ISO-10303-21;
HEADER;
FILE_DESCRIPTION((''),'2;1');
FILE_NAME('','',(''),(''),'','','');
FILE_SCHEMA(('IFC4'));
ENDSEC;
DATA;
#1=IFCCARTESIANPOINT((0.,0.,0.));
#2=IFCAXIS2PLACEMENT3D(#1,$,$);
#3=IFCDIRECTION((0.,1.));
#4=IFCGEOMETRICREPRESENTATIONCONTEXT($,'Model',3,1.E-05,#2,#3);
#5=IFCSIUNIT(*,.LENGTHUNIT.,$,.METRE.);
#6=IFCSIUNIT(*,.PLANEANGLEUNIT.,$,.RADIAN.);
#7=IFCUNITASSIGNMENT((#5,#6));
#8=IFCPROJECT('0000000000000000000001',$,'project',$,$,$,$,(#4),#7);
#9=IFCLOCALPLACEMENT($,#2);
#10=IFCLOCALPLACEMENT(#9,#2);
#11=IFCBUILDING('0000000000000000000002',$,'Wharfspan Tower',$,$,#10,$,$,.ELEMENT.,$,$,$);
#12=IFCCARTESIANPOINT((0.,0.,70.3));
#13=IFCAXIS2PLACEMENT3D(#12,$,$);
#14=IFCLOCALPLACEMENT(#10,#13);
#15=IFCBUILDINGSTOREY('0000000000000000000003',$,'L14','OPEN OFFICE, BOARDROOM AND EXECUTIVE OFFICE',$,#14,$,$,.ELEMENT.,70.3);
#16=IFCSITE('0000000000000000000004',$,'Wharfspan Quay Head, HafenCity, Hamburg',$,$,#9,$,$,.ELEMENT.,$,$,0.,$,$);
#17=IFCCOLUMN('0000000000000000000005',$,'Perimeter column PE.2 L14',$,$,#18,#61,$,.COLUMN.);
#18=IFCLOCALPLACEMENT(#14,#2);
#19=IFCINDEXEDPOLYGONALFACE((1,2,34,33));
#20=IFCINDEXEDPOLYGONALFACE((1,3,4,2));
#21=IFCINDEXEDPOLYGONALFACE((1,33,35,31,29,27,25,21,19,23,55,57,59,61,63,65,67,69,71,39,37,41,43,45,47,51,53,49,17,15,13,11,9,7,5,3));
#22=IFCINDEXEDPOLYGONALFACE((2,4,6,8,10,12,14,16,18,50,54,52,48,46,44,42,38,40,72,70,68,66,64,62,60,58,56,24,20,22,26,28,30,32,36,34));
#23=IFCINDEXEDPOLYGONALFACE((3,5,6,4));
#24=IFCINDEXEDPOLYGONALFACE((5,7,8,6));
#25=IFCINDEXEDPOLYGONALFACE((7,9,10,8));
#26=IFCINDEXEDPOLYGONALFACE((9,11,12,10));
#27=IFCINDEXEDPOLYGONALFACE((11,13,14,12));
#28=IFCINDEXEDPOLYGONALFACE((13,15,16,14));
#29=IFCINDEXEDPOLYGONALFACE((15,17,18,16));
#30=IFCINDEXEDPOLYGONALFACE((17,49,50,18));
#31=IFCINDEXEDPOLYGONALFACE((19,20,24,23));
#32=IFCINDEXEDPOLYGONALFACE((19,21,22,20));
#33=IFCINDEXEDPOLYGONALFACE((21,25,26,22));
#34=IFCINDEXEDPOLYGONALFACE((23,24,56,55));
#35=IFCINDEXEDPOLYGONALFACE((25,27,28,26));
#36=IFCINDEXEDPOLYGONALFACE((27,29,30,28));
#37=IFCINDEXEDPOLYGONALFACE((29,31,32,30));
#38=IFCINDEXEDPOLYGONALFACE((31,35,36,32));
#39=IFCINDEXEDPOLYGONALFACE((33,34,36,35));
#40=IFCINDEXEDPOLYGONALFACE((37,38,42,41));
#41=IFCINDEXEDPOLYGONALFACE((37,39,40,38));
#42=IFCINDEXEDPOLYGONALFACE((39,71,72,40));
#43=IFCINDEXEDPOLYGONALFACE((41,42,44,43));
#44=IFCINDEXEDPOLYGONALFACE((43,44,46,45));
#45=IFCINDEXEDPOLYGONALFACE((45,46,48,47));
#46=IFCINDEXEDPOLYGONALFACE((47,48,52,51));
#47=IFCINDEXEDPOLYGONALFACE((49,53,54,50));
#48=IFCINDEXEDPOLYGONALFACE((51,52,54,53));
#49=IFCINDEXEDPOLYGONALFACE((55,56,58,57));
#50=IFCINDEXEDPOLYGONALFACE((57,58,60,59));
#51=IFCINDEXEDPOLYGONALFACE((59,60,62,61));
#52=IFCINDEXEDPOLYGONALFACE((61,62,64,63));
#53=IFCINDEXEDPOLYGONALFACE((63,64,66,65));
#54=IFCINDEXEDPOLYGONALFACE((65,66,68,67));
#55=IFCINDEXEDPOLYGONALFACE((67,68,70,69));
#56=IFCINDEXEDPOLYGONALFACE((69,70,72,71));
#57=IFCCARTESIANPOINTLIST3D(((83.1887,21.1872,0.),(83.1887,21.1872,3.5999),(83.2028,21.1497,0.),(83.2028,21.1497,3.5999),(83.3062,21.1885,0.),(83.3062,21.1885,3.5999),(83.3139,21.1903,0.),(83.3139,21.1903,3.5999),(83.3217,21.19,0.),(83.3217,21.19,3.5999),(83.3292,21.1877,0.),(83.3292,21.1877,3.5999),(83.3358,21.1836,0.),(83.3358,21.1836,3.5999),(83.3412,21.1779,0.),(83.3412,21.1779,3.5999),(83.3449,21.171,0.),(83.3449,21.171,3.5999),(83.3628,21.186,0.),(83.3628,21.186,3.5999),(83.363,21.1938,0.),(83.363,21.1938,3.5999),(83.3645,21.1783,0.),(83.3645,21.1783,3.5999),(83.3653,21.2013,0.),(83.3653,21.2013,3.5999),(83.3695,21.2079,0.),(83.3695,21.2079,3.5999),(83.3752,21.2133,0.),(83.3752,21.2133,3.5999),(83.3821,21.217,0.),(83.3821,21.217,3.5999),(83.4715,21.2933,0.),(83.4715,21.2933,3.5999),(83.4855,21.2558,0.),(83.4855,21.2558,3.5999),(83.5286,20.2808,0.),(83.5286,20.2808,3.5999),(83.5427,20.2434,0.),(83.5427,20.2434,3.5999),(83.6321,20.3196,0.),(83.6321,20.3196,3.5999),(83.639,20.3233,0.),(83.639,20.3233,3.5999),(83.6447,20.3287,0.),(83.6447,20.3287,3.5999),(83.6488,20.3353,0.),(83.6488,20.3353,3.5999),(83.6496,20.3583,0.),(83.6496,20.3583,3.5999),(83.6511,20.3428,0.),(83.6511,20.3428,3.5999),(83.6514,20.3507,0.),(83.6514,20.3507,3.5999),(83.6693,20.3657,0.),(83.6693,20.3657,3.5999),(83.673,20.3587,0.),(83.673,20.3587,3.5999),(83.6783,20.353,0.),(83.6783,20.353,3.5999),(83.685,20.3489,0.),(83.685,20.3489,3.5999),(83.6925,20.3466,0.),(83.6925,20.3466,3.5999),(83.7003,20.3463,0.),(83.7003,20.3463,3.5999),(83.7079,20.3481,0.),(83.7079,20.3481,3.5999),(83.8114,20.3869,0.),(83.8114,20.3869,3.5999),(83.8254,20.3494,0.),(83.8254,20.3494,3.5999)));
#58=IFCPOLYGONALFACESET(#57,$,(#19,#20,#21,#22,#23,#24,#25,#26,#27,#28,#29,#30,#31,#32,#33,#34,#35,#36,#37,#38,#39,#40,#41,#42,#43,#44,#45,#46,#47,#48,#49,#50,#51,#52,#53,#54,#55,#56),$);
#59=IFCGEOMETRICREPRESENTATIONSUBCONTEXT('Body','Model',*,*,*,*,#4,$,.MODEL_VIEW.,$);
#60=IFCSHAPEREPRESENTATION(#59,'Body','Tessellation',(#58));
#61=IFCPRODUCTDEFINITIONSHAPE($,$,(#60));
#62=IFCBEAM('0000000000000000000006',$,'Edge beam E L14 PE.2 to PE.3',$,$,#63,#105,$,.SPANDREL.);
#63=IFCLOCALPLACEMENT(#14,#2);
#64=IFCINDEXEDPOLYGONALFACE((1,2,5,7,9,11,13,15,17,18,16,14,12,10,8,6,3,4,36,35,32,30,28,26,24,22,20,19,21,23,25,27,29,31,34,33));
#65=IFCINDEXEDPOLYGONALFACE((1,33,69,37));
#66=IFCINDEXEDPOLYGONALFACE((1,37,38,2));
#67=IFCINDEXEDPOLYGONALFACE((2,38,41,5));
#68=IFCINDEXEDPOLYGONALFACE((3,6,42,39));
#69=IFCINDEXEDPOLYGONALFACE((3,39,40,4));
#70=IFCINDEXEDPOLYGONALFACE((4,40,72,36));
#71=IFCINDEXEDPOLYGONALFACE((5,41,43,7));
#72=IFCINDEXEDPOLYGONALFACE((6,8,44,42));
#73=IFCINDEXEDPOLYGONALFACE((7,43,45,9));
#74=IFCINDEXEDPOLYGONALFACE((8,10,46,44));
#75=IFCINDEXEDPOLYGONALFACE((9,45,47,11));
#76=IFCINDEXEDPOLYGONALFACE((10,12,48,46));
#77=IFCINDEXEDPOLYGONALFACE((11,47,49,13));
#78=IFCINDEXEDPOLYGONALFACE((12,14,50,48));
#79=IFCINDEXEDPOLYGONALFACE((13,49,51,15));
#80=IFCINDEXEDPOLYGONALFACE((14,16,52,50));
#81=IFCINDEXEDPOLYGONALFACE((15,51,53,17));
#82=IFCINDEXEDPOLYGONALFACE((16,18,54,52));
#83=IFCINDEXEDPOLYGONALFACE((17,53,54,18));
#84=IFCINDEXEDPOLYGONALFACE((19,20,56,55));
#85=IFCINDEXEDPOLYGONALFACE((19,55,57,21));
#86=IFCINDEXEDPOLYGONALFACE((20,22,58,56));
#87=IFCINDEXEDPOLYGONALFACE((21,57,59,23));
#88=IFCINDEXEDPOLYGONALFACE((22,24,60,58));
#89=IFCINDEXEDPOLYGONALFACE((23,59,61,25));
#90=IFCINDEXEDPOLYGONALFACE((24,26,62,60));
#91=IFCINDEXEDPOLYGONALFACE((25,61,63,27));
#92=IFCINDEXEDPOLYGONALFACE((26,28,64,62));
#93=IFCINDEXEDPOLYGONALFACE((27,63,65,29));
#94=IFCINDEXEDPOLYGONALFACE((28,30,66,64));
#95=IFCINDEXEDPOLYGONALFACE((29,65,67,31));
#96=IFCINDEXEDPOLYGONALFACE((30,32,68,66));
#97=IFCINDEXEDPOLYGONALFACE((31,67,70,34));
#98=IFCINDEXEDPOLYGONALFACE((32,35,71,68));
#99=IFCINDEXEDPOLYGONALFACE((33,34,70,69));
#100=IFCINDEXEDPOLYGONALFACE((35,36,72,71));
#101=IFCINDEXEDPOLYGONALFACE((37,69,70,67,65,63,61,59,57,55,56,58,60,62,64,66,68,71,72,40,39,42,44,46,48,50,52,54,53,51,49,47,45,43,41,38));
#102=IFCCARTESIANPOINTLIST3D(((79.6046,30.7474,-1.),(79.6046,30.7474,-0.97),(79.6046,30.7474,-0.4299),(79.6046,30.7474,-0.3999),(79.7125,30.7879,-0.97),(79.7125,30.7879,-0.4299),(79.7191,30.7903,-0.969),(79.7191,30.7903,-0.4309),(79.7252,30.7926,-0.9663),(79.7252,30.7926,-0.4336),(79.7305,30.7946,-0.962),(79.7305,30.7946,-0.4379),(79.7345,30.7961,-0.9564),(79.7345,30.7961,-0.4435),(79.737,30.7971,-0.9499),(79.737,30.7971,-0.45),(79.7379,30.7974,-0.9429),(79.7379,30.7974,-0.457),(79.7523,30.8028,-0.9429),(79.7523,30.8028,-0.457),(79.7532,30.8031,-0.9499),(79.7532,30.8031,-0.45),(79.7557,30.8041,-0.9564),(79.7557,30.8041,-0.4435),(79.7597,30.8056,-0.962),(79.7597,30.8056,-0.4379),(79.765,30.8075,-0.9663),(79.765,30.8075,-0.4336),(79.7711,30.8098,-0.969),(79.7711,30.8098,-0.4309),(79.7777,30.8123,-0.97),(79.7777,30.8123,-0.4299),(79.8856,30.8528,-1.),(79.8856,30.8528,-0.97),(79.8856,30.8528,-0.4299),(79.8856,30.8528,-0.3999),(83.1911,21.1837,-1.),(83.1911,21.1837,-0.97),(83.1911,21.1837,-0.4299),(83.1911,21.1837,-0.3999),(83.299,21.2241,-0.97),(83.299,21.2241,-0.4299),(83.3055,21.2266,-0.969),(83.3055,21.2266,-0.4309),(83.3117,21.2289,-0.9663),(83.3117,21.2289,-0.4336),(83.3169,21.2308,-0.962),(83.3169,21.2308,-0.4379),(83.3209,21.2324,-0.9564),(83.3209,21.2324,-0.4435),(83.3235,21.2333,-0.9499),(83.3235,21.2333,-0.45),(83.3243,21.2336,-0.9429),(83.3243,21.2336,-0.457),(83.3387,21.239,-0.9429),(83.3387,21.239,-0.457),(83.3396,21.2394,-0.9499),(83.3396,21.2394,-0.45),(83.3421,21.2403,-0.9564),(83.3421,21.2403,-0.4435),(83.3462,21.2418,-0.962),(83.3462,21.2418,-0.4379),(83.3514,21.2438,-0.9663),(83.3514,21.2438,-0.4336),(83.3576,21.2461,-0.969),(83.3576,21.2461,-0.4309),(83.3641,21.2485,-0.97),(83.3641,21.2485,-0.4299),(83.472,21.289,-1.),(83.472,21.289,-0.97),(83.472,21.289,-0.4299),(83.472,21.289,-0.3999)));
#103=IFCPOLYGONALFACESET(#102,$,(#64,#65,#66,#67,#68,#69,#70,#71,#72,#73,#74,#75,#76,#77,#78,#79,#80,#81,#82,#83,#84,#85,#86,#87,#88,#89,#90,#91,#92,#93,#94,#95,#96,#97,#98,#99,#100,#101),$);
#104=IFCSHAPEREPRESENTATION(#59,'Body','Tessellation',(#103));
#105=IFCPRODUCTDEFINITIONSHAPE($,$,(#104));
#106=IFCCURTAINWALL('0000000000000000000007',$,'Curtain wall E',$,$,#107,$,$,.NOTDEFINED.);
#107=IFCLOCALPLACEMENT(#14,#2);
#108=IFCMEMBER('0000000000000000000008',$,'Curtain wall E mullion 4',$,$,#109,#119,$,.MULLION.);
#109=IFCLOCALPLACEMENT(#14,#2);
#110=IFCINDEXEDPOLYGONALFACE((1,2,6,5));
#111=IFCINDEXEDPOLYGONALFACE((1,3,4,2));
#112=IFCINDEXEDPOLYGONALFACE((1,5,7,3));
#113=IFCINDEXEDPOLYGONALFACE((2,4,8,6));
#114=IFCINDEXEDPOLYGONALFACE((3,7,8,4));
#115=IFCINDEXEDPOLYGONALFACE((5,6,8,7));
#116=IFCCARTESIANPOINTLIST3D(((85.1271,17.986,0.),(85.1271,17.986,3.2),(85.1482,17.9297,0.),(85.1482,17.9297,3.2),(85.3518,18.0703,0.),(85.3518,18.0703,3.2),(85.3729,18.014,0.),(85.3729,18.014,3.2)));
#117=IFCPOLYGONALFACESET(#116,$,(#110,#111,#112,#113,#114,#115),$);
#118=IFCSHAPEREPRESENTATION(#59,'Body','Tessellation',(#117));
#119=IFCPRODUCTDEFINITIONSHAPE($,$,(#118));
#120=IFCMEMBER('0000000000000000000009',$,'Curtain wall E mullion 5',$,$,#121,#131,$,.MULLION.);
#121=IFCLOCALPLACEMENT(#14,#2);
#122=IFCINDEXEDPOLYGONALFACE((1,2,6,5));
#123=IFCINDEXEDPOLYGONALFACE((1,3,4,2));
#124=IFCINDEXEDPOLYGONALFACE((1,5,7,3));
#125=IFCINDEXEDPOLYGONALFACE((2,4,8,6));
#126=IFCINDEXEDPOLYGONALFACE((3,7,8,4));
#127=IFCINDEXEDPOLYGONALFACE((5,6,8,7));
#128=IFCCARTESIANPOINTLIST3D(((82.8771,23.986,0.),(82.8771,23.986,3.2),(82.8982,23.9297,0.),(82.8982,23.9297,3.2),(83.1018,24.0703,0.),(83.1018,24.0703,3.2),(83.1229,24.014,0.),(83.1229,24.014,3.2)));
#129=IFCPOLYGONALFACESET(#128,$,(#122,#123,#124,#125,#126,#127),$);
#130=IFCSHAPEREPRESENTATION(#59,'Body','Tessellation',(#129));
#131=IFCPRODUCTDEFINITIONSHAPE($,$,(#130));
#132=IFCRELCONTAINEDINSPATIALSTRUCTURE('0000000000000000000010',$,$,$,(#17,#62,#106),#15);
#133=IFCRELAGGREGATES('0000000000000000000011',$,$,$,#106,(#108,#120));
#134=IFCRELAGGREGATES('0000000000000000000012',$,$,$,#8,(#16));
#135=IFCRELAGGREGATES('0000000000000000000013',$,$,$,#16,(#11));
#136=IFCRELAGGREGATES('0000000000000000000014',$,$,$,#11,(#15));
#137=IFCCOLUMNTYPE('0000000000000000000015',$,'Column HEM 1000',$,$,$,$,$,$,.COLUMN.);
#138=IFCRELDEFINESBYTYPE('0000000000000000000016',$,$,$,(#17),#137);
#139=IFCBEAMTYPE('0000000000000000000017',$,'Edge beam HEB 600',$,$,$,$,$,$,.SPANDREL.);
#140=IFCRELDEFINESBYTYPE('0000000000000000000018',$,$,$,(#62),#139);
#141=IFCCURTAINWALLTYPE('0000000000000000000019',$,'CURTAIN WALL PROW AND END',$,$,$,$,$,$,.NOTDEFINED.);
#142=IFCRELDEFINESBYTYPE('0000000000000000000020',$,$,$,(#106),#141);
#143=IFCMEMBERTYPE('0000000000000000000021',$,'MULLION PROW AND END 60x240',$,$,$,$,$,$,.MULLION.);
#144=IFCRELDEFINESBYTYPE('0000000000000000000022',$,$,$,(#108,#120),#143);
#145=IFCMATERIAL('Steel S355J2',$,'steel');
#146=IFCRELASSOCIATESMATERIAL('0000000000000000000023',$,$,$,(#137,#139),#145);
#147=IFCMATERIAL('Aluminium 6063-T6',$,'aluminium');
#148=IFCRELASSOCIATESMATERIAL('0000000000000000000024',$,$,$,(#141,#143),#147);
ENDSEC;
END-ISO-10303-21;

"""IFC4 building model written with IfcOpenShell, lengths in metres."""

from ifc_helpers import new_model, si_unit, direction, frame, origin, origin_2d, place, context, subcontext, project, spatial, rectangle, i_section, extrude, material, material_profile, profile_set, type_object, element, aggregate, save


model = new_model("IFC4")

# Units and contexts
model_context = context("Model", 3, precision=1e-05, world=origin(), true_north=direction((0.0, 1.0)))
body_context = subcontext(model_context, "Body", "Model", "MODEL_VIEW")
ifc_project = project(units=[si_unit("LENGTHUNIT", "METRE"), si_unit("PLANEANGLEUNIT", "RADIAN")], contexts=[model_context])

# Site, building, storey
site_placement = place(None, origin())
site = spatial("IfcSite", under=ifc_project, at=site_placement, Name="Wharfspan Quay Head, HafenCity, Hamburg", CompositionType="ELEMENT", RefElevation=0.0)
building_placement = place(site_placement, origin())
building = spatial("IfcBuilding", under=site, at=building_placement, Name="Wharfspan Tower", CompositionType="ELEMENT")
storey_placement = place(building_placement, frame((0.0, 0.0, 70.3)))
storey = spatial("IfcBuildingStorey", under=building, at=storey_placement, Name="L14", Description="OPEN OFFICE, BOARDROOM AND EXECUTIVE OFFICE", CompositionType="ELEMENT", Elevation=70.3)

# Column
ifc_material_1 = material(Name="Steel S355J2", Category="steel")
ifc_material_profile_1 = material_profile(ifc_material_1, i_section(OverallWidth=0.302, OverallDepth=1.0081, WebThickness=0.021, FlangeThickness=0.04, FilletRadius=0.03, at=origin_2d()))
ifc_profile_set_1 = profile_set([ifc_material_profile_1], Name="Steel S355J2")
column_type = type_object("IfcColumnType", Name="Column HEM 1000", PredefinedType="COLUMN", material=ifc_profile_set_1)
column_placement = place(storey_placement, frame((83.5071, 20.7683, 0.0), z_axis=(0.0, 0.0, 1.0), x_axis=(0.936328, 0.351123, 0.0)))
element("IfcColumn", 1, at=column_placement, inside=storey, type_object=column_type, Name="Perimeter column PE.2 L14", PredefinedType="COLUMN", context=body_context, shape_type="SweptSolid", body=[
    extrude(i_section(OverallWidth=0.302, OverallDepth=1.0081, WebThickness=0.021, FlangeThickness=0.04, FilletRadius=0.03, at=origin_2d()), origin(), (0.0, 0.0, 1.0), 3.5999),
])

# Beam
ifc_material_profile_2 = material_profile(ifc_material_1, i_section(OverallWidth=0.3, OverallDepth=0.6001, WebThickness=0.0154, FlangeThickness=0.03, FilletRadius=0.0271, at=origin_2d()))
ifc_profile_set_2 = profile_set([ifc_material_profile_2], Name="Steel S355J2")
beam_type = type_object("IfcBeamType", Name="Edge beam HEB 600", PredefinedType="SPANDREL", material=ifc_profile_set_2)
beam_placement = place(storey_placement, frame((83.3315, 21.2363, -0.7), z_axis=(-0.351126, 0.936328, 0.0), x_axis=(-0.936328, -0.351126, 0.0)))
element("IfcBeam", 2, at=beam_placement, inside=storey, type_object=beam_type, Name="Edge beam E L14 PE.2 to PE.3", PredefinedType="SPANDREL", context=body_context, shape_type="SweptSolid", body=[
    extrude(i_section(OverallWidth=0.3, OverallDepth=0.6001, WebThickness=0.0154, FlangeThickness=0.03, FilletRadius=0.0271, at=origin_2d()), origin(), (0.0, 0.0, 1.0), 10.2141),
])

# Curtain wall, members
ifc_material_2 = material(Name="Aluminium 6063-T6", Category="aluminium")
curtain_wall_type = type_object("IfcCurtainWallType", Name="CURTAIN WALL PROW AND END", PredefinedType="NOTDEFINED", material=ifc_material_2)
curtain_wall_placement = place(storey_placement, origin())
curtain_wall = element("IfcCurtainWall", 3, at=curtain_wall_placement, inside=storey, type_object=curtain_wall_type, Name="Curtain wall E", PredefinedType="NOTDEFINED")
ifc_material_profile_3 = material_profile(ifc_material_2, rectangle(XDim=0.24, YDim=0.0601, at=origin_2d()))
ifc_profile_set_3 = profile_set([ifc_material_profile_3], Name="Aluminium 6063-T6")
member_type_1 = type_object("IfcMemberType", Name="MULLION PROW AND END 60x240", PredefinedType="MULLION", material=ifc_profile_set_3)
member_1_placement = place(storey_placement, frame((85.25, 18.0, 0.0), z_axis=(0.0, 0.0, 1.0), x_axis=(-0.936328, -0.351123, 0.0)))
member_1 = element("IfcMember", 4, at=member_1_placement, type_object=member_type_1, Name="Curtain wall E mullion 4", PredefinedType="MULLION", context=body_context, shape_type="SweptSolid", body=[
    extrude(rectangle(XDim=0.24, YDim=0.0601, at=origin_2d()), origin(), (0.0, 0.0, 1.0), 3.2),
])
member_2_placement = place(storey_placement, frame((83.0, 24.0, 0.0), z_axis=(0.0, 0.0, 1.0), x_axis=(-0.936328, -0.351123, 0.0)))
member_2 = element("IfcMember", 5, at=member_2_placement, type_object=member_type_1, Name="Curtain wall E mullion 5", PredefinedType="MULLION", context=body_context, shape_type="SweptSolid", body=[
    extrude(rectangle(XDim=0.24, YDim=0.0601, at=origin_2d()), origin(), (0.0, 0.0, 1.0), 3.2),
])

aggregate(curtain_wall, [member_1, member_2])

save(model, "model.ifc")
